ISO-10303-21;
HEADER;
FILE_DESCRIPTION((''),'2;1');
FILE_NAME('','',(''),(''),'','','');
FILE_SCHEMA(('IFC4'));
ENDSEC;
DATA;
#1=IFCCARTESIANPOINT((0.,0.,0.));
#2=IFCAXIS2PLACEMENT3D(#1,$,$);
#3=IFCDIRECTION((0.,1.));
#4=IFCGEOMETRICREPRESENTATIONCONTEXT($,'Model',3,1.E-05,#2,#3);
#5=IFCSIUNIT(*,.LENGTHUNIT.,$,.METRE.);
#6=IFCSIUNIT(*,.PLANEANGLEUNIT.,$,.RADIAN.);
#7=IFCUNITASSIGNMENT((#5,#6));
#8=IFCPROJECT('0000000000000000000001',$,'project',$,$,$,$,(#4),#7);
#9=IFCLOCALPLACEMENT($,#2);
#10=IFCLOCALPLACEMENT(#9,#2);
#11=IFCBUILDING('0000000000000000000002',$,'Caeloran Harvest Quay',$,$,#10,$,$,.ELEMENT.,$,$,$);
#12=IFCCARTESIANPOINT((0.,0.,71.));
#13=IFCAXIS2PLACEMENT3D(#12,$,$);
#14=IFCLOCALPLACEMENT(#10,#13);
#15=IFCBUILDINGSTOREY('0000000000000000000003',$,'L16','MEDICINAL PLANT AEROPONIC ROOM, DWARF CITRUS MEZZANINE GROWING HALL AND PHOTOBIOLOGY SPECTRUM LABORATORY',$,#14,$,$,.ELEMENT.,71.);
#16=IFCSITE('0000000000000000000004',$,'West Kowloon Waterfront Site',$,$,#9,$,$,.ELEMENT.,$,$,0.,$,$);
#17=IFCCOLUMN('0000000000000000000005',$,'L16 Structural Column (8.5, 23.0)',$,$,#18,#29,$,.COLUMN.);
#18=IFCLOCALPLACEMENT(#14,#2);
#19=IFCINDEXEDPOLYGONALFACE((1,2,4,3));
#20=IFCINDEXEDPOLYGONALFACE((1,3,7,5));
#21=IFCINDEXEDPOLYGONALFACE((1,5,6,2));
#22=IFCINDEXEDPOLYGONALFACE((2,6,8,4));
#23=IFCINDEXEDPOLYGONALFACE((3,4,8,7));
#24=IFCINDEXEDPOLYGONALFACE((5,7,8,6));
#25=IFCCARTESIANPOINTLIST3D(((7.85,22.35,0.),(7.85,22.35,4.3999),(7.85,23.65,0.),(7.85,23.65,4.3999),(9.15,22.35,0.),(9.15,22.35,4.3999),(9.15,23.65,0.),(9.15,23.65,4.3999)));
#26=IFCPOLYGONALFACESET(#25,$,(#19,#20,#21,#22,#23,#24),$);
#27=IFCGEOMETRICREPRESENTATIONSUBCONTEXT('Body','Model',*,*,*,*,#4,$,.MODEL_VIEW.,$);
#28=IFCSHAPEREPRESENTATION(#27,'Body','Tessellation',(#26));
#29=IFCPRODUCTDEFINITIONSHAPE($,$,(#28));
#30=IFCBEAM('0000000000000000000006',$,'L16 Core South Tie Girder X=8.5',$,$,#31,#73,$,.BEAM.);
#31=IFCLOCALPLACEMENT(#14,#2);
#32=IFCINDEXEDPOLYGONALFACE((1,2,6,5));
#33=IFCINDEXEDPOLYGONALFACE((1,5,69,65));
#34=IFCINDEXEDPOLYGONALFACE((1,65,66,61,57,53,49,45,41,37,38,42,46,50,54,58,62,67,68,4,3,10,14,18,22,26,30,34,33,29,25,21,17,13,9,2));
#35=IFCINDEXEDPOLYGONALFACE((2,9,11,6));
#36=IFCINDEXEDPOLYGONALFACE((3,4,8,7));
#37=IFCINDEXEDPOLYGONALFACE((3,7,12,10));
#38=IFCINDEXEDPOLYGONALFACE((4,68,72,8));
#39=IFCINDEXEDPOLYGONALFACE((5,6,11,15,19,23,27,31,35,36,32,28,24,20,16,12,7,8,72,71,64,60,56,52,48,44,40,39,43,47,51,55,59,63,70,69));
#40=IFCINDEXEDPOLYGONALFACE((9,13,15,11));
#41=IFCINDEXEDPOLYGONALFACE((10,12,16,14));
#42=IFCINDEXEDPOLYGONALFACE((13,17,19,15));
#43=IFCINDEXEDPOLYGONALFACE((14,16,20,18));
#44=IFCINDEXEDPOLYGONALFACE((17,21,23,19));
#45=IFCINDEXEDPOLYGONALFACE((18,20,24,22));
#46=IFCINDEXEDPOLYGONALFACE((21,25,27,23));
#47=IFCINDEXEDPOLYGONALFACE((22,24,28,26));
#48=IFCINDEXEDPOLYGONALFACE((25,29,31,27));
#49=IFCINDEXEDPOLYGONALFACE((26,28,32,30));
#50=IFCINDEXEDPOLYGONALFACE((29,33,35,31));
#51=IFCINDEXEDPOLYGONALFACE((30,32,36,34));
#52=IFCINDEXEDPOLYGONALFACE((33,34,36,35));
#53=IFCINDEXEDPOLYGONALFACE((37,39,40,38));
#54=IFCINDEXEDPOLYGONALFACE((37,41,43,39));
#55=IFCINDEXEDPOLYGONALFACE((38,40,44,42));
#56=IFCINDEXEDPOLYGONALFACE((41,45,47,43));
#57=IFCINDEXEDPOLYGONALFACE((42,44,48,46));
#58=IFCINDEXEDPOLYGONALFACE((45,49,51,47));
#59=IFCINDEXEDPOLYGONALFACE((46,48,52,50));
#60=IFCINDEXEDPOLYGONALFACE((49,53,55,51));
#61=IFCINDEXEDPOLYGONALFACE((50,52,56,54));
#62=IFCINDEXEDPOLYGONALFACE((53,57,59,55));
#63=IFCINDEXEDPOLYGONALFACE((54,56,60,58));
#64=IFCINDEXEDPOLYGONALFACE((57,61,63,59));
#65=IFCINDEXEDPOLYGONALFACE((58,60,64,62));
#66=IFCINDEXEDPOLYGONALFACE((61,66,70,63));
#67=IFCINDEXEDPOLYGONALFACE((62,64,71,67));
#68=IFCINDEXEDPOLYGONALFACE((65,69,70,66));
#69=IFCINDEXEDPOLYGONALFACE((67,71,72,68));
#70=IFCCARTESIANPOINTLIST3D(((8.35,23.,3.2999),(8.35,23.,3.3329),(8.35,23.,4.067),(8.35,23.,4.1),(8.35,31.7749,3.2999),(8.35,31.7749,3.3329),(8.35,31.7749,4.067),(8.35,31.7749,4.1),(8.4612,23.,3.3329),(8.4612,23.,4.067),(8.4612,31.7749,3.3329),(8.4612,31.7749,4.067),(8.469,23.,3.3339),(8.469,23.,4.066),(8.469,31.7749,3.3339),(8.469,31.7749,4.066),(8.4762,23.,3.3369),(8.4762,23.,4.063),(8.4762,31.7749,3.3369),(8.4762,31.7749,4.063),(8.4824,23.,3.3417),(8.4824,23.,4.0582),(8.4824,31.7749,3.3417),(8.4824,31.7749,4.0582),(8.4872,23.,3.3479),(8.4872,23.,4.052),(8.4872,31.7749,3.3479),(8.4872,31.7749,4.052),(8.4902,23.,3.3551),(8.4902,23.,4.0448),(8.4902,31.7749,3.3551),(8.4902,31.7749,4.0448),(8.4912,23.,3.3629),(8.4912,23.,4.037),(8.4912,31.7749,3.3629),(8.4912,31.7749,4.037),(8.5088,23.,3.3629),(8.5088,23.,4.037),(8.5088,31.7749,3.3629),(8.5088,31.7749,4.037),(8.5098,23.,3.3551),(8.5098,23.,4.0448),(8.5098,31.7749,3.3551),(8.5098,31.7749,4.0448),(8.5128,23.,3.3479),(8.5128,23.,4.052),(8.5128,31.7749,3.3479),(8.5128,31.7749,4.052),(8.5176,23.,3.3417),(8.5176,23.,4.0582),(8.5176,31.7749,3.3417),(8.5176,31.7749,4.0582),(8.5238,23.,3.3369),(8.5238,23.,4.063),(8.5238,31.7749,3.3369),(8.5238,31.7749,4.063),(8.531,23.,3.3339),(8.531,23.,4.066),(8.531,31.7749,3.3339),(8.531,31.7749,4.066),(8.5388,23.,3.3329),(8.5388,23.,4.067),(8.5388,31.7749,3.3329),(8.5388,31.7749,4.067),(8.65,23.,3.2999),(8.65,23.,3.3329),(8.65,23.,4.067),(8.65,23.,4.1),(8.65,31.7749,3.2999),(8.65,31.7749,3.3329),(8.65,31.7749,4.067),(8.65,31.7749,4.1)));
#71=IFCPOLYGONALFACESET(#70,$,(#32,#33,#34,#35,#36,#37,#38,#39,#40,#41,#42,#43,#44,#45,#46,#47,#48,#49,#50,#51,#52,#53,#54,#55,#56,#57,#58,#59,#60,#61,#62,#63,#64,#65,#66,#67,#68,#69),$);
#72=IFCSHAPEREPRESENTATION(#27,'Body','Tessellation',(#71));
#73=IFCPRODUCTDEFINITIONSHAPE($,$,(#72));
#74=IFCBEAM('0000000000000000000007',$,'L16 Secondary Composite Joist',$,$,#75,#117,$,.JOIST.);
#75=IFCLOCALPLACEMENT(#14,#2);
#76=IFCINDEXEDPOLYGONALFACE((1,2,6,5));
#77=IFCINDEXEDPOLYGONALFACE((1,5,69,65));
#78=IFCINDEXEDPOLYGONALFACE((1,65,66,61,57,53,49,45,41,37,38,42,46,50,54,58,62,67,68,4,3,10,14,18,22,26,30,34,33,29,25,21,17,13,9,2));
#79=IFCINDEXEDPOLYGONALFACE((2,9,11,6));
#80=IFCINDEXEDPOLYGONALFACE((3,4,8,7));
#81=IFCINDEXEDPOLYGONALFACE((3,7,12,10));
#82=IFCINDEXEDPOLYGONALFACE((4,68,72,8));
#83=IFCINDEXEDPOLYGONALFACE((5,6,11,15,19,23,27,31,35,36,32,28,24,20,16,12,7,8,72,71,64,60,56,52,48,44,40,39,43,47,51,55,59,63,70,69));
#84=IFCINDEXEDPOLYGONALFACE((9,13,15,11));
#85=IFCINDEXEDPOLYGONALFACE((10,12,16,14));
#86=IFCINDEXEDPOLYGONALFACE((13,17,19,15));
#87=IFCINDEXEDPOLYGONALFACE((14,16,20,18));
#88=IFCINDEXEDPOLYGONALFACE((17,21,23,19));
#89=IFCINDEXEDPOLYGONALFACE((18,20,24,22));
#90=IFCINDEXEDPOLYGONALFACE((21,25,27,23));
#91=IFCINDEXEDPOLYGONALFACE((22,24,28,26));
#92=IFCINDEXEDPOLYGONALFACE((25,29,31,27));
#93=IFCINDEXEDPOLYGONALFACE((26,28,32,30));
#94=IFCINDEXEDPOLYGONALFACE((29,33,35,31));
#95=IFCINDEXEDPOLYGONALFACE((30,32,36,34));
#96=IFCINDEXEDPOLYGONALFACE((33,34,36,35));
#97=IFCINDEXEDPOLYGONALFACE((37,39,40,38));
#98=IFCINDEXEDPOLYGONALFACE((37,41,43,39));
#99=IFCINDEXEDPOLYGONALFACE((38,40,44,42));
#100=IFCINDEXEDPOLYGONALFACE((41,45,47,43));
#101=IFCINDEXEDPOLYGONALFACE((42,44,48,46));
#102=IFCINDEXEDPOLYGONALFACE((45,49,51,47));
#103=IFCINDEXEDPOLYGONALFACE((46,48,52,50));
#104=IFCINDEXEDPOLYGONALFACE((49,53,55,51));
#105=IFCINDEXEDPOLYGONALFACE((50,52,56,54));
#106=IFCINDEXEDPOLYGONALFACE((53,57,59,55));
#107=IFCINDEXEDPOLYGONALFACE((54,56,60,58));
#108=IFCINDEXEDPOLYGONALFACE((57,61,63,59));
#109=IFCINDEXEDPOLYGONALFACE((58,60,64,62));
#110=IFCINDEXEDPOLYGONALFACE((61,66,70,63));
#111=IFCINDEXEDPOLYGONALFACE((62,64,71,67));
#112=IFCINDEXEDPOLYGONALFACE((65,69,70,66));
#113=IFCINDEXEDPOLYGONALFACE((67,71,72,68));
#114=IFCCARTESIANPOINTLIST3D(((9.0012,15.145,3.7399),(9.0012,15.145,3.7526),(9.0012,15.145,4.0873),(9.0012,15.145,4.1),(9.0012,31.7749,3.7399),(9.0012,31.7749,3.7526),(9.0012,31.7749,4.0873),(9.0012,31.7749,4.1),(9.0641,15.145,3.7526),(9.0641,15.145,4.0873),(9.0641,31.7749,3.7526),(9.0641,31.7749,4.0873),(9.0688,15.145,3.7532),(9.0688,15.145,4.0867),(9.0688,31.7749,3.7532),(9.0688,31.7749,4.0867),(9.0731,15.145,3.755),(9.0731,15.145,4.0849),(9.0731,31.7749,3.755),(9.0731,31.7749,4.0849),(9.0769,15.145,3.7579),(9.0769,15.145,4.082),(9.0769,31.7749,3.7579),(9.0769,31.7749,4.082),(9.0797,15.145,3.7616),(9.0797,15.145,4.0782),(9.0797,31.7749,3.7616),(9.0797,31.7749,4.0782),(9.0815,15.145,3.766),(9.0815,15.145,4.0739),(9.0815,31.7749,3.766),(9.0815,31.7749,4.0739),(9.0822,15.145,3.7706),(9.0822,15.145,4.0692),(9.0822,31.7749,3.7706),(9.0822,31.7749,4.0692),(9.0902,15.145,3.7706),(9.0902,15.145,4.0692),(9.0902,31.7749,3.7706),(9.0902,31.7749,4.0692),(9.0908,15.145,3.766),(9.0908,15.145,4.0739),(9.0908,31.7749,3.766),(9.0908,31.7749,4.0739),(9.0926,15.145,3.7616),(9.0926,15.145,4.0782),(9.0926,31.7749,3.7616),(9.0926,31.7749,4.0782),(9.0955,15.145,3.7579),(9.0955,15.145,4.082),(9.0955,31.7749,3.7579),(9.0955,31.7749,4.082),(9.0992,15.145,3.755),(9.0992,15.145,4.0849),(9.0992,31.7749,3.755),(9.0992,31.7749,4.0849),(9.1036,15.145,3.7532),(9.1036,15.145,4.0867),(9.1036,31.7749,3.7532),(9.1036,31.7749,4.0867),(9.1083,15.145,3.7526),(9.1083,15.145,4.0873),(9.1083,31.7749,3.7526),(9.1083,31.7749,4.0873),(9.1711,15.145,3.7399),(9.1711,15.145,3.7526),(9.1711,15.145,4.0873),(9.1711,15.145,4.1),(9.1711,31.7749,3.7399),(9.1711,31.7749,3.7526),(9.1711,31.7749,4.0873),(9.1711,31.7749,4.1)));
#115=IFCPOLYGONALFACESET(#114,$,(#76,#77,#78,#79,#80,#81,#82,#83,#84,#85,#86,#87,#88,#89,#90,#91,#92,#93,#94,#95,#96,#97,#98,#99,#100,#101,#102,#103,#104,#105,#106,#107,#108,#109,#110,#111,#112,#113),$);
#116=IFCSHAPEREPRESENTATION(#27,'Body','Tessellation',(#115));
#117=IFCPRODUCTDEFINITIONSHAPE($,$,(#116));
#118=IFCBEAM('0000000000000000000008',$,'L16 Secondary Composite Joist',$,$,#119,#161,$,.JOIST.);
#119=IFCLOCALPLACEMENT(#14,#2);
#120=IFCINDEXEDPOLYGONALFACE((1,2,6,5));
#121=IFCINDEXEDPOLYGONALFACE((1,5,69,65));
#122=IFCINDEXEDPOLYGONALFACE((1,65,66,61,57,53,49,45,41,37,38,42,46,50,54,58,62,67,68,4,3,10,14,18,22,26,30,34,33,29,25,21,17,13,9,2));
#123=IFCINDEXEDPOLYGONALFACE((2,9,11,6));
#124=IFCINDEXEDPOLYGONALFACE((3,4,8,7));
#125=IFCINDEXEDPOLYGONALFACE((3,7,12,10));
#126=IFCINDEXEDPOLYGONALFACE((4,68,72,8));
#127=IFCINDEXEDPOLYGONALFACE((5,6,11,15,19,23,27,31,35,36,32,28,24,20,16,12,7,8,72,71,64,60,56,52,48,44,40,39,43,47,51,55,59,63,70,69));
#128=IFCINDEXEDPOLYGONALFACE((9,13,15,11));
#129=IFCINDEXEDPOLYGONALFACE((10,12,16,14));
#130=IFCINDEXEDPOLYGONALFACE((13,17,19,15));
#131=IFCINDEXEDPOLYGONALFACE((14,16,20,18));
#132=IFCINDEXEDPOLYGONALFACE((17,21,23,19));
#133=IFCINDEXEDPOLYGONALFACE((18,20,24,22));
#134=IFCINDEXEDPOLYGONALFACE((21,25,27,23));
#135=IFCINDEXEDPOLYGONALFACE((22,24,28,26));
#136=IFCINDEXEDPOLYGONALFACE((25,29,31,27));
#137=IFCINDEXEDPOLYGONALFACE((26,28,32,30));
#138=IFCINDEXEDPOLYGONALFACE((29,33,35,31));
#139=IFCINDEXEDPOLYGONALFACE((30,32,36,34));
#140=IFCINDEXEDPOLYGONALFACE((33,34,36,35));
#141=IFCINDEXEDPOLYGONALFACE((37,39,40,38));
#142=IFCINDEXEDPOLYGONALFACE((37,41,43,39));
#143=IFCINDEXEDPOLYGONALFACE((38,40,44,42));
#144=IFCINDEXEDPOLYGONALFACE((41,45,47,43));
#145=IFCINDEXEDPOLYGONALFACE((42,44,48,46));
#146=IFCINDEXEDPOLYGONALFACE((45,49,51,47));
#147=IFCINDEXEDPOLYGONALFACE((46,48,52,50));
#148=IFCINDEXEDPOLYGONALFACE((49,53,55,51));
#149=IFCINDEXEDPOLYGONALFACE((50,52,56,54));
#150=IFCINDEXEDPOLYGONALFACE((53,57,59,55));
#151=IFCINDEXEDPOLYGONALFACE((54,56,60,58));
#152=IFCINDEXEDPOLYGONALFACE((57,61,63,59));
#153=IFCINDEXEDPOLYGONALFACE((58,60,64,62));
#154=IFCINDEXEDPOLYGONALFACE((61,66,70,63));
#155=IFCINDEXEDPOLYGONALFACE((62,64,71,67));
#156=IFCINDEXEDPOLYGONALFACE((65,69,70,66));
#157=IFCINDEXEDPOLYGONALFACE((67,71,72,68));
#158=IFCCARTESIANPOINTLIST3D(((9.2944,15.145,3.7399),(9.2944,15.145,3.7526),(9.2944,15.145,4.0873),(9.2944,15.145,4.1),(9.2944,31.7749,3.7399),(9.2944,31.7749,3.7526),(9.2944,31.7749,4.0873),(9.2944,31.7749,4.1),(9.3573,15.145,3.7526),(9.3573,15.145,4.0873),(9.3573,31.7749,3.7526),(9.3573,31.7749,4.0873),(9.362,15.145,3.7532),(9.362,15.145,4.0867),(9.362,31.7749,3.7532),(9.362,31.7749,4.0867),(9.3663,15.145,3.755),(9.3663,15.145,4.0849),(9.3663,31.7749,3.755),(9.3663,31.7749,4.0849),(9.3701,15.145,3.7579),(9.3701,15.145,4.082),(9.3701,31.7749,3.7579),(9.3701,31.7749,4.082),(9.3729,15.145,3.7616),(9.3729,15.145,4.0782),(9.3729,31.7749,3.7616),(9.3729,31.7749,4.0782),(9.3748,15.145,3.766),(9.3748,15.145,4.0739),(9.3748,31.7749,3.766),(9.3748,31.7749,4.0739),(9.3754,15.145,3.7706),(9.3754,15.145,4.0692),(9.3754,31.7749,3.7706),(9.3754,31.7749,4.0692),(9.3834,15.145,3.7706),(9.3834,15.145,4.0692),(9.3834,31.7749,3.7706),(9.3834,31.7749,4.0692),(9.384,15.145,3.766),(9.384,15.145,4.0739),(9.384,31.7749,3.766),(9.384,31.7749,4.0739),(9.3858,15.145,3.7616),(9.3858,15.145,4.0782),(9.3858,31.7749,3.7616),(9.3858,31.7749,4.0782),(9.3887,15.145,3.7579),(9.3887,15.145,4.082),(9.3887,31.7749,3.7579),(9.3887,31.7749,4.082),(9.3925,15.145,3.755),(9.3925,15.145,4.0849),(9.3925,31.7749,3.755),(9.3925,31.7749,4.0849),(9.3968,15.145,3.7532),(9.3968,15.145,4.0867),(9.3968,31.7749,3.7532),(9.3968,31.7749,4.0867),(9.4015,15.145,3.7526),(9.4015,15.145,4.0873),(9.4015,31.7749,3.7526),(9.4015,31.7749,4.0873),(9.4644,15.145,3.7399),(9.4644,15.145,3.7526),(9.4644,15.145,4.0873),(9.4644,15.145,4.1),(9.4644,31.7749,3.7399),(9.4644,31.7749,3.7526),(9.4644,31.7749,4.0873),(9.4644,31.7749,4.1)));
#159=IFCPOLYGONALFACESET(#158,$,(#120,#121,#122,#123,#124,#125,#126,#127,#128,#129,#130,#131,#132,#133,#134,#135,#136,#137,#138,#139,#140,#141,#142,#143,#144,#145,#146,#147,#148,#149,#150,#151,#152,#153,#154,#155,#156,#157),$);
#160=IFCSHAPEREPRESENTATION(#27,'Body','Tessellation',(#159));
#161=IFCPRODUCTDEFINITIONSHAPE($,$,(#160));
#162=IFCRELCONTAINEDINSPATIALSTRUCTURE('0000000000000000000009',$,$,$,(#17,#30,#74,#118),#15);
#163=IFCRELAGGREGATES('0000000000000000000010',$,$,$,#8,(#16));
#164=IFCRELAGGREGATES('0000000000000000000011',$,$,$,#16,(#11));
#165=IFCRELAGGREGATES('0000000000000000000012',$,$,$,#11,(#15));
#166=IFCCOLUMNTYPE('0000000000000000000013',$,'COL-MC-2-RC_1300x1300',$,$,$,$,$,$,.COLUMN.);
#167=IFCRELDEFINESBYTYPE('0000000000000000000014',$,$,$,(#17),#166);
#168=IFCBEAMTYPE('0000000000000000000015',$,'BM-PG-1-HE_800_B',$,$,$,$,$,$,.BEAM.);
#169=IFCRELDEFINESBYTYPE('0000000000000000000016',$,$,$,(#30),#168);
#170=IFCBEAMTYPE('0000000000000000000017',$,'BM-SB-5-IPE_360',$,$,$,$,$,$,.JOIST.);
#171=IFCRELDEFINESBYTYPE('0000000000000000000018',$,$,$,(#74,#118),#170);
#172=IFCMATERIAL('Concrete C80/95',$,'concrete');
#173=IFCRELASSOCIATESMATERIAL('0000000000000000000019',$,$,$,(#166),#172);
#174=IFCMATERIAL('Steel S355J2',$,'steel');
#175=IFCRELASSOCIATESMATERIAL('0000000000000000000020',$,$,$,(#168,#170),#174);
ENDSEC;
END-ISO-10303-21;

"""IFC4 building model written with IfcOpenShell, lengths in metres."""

from ifc_helpers import new_model, si_unit, direction, frame, origin, origin_2d, place, context, subcontext, project, spatial, rectangle, i_section, extrude, material, material_profile, profile_set, type_object, element, save


model = new_model("IFC4")

# Units and contexts
model_context = context("Model", 3, precision=1e-05, world=origin(), true_north=direction((0.0, 1.0)))
body_context = subcontext(model_context, "Body", "Model", "MODEL_VIEW")
ifc_project = project(units=[si_unit("LENGTHUNIT", "METRE"), si_unit("PLANEANGLEUNIT", "RADIAN")], contexts=[model_context])

# Site, building, storey
site_placement = place(None, origin())
site = spatial("IfcSite", under=ifc_project, at=site_placement, Name="West Kowloon Waterfront Site", CompositionType="ELEMENT", RefElevation=0.0)
building_placement = place(site_placement, origin())
building = spatial("IfcBuilding", under=site, at=building_placement, Name="Caeloran Harvest Quay", CompositionType="ELEMENT")
storey_placement = place(building_placement, frame((0.0, 0.0, 71.0)))
storey = spatial("IfcBuildingStorey", under=building, at=storey_placement, Name="L16", Description="MEDICINAL PLANT AEROPONIC ROOM, DWARF CITRUS MEZZANINE GROWING HALL AND PHOTOBIOLOGY SPECTRUM LABORATORY", CompositionType="ELEMENT", Elevation=71.0)

# Column
ifc_material_1 = material(Name="Concrete C80/95", Category="concrete")
ifc_material_profile_1 = material_profile(ifc_material_1, rectangle(XDim=1.3, YDim=1.3, at=origin_2d()), Name="RC 1300x1300")
ifc_profile_set_1 = profile_set([ifc_material_profile_1], Name="Concrete C80/95")
column_type = type_object("IfcColumnType", Name="COL-MC-2-RC_1300x1300", PredefinedType="COLUMN", material=ifc_profile_set_1)
column_placement = place(storey_placement, frame((8.5, 23.0, 0.0), z_axis=(0.0, 0.0, 1.0), x_axis=(1.0, 0.0, 0.0)))
element("IfcColumn", 1, at=column_placement, inside=storey, type_object=column_type, Name="L16 Structural Column (8.5, 23.0)", PredefinedType="COLUMN", context=body_context, shape_type="SweptSolid", body=[
    extrude(rectangle(XDim=1.3, YDim=1.3, at=origin_2d()), origin(), (0.0, 0.0, 1.0), 4.3999),
])

# Beams
ifc_material_2 = material(Name="Steel S355J2", Category="steel")
ifc_material_profile_2 = material_profile(ifc_material_2, i_section(OverallWidth=0.3, OverallDepth=0.8, WebThickness=0.0176, FlangeThickness=0.033, FilletRadius=0.03, at=origin_2d()), Name="HE 800 B")
ifc_profile_set_2 = profile_set([ifc_material_profile_2], Name="Steel S355J2")
beam_type_1 = type_object("IfcBeamType", Name="BM-PG-1-HE_800_B", PredefinedType="BEAM", material=ifc_profile_set_2)
beam_placement = place(storey_placement, frame((8.5, 23.0, 3.7), z_axis=(0.0, 1.0, 0.0), x_axis=(-1.0, 0.0, 0.0)))
element("IfcBeam", 2, at=beam_placement, inside=storey, type_object=beam_type_1, Name="L16 Core South Tie Girder X=8.5", PredefinedType="BEAM", context=body_context, shape_type="SweptSolid", body=[
    extrude(i_section(OverallWidth=0.3, OverallDepth=0.8, WebThickness=0.0176, FlangeThickness=0.033, FilletRadius=0.03, at=origin_2d()), origin(), (0.0, 0.0, 1.0), 8.7749),
])
ifc_material_profile_3 = material_profile(ifc_material_2, i_section(OverallWidth=0.1699, OverallDepth=0.3601, WebThickness=0.0081, FlangeThickness=0.0127, FilletRadius=0.0181, at=origin_2d()), Name="IPE 360")
ifc_profile_set_3 = profile_set([ifc_material_profile_3], Name="Steel S355J2")
beam_type_2 = type_object("IfcBeamType", Name="BM-SB-5-IPE_360", PredefinedType="JOIST", material=ifc_profile_set_3)
for number, where, z_axis, x_axis, name in (
    (3, (9.0862, 15.145, 3.9199), (0.0, 1.0, 0.0), (-1.0, 0.0, 0.0), "L16 Secondary Composite Joist"),
    (4, (9.3794, 15.145, 3.9199), (0.0, 1.0, 0.0), (-1.0, 0.0, 0.0), "L16 Secondary Composite Joist"),
):
    element("IfcBeam", number, at=place(storey_placement, frame(where, z_axis=z_axis, x_axis=x_axis)), inside=storey, type_object=beam_type_2, Name=name, PredefinedType="JOIST", context=body_context, shape_type="SweptSolid", body=[
        extrude(i_section(OverallWidth=0.1699, OverallDepth=0.3601, WebThickness=0.0081, FlangeThickness=0.0127, FilletRadius=0.0181, at=origin_2d()), origin(), (0.0, 0.0, 1.0), 16.6299),
    ])

save(model, "model.ifc")
